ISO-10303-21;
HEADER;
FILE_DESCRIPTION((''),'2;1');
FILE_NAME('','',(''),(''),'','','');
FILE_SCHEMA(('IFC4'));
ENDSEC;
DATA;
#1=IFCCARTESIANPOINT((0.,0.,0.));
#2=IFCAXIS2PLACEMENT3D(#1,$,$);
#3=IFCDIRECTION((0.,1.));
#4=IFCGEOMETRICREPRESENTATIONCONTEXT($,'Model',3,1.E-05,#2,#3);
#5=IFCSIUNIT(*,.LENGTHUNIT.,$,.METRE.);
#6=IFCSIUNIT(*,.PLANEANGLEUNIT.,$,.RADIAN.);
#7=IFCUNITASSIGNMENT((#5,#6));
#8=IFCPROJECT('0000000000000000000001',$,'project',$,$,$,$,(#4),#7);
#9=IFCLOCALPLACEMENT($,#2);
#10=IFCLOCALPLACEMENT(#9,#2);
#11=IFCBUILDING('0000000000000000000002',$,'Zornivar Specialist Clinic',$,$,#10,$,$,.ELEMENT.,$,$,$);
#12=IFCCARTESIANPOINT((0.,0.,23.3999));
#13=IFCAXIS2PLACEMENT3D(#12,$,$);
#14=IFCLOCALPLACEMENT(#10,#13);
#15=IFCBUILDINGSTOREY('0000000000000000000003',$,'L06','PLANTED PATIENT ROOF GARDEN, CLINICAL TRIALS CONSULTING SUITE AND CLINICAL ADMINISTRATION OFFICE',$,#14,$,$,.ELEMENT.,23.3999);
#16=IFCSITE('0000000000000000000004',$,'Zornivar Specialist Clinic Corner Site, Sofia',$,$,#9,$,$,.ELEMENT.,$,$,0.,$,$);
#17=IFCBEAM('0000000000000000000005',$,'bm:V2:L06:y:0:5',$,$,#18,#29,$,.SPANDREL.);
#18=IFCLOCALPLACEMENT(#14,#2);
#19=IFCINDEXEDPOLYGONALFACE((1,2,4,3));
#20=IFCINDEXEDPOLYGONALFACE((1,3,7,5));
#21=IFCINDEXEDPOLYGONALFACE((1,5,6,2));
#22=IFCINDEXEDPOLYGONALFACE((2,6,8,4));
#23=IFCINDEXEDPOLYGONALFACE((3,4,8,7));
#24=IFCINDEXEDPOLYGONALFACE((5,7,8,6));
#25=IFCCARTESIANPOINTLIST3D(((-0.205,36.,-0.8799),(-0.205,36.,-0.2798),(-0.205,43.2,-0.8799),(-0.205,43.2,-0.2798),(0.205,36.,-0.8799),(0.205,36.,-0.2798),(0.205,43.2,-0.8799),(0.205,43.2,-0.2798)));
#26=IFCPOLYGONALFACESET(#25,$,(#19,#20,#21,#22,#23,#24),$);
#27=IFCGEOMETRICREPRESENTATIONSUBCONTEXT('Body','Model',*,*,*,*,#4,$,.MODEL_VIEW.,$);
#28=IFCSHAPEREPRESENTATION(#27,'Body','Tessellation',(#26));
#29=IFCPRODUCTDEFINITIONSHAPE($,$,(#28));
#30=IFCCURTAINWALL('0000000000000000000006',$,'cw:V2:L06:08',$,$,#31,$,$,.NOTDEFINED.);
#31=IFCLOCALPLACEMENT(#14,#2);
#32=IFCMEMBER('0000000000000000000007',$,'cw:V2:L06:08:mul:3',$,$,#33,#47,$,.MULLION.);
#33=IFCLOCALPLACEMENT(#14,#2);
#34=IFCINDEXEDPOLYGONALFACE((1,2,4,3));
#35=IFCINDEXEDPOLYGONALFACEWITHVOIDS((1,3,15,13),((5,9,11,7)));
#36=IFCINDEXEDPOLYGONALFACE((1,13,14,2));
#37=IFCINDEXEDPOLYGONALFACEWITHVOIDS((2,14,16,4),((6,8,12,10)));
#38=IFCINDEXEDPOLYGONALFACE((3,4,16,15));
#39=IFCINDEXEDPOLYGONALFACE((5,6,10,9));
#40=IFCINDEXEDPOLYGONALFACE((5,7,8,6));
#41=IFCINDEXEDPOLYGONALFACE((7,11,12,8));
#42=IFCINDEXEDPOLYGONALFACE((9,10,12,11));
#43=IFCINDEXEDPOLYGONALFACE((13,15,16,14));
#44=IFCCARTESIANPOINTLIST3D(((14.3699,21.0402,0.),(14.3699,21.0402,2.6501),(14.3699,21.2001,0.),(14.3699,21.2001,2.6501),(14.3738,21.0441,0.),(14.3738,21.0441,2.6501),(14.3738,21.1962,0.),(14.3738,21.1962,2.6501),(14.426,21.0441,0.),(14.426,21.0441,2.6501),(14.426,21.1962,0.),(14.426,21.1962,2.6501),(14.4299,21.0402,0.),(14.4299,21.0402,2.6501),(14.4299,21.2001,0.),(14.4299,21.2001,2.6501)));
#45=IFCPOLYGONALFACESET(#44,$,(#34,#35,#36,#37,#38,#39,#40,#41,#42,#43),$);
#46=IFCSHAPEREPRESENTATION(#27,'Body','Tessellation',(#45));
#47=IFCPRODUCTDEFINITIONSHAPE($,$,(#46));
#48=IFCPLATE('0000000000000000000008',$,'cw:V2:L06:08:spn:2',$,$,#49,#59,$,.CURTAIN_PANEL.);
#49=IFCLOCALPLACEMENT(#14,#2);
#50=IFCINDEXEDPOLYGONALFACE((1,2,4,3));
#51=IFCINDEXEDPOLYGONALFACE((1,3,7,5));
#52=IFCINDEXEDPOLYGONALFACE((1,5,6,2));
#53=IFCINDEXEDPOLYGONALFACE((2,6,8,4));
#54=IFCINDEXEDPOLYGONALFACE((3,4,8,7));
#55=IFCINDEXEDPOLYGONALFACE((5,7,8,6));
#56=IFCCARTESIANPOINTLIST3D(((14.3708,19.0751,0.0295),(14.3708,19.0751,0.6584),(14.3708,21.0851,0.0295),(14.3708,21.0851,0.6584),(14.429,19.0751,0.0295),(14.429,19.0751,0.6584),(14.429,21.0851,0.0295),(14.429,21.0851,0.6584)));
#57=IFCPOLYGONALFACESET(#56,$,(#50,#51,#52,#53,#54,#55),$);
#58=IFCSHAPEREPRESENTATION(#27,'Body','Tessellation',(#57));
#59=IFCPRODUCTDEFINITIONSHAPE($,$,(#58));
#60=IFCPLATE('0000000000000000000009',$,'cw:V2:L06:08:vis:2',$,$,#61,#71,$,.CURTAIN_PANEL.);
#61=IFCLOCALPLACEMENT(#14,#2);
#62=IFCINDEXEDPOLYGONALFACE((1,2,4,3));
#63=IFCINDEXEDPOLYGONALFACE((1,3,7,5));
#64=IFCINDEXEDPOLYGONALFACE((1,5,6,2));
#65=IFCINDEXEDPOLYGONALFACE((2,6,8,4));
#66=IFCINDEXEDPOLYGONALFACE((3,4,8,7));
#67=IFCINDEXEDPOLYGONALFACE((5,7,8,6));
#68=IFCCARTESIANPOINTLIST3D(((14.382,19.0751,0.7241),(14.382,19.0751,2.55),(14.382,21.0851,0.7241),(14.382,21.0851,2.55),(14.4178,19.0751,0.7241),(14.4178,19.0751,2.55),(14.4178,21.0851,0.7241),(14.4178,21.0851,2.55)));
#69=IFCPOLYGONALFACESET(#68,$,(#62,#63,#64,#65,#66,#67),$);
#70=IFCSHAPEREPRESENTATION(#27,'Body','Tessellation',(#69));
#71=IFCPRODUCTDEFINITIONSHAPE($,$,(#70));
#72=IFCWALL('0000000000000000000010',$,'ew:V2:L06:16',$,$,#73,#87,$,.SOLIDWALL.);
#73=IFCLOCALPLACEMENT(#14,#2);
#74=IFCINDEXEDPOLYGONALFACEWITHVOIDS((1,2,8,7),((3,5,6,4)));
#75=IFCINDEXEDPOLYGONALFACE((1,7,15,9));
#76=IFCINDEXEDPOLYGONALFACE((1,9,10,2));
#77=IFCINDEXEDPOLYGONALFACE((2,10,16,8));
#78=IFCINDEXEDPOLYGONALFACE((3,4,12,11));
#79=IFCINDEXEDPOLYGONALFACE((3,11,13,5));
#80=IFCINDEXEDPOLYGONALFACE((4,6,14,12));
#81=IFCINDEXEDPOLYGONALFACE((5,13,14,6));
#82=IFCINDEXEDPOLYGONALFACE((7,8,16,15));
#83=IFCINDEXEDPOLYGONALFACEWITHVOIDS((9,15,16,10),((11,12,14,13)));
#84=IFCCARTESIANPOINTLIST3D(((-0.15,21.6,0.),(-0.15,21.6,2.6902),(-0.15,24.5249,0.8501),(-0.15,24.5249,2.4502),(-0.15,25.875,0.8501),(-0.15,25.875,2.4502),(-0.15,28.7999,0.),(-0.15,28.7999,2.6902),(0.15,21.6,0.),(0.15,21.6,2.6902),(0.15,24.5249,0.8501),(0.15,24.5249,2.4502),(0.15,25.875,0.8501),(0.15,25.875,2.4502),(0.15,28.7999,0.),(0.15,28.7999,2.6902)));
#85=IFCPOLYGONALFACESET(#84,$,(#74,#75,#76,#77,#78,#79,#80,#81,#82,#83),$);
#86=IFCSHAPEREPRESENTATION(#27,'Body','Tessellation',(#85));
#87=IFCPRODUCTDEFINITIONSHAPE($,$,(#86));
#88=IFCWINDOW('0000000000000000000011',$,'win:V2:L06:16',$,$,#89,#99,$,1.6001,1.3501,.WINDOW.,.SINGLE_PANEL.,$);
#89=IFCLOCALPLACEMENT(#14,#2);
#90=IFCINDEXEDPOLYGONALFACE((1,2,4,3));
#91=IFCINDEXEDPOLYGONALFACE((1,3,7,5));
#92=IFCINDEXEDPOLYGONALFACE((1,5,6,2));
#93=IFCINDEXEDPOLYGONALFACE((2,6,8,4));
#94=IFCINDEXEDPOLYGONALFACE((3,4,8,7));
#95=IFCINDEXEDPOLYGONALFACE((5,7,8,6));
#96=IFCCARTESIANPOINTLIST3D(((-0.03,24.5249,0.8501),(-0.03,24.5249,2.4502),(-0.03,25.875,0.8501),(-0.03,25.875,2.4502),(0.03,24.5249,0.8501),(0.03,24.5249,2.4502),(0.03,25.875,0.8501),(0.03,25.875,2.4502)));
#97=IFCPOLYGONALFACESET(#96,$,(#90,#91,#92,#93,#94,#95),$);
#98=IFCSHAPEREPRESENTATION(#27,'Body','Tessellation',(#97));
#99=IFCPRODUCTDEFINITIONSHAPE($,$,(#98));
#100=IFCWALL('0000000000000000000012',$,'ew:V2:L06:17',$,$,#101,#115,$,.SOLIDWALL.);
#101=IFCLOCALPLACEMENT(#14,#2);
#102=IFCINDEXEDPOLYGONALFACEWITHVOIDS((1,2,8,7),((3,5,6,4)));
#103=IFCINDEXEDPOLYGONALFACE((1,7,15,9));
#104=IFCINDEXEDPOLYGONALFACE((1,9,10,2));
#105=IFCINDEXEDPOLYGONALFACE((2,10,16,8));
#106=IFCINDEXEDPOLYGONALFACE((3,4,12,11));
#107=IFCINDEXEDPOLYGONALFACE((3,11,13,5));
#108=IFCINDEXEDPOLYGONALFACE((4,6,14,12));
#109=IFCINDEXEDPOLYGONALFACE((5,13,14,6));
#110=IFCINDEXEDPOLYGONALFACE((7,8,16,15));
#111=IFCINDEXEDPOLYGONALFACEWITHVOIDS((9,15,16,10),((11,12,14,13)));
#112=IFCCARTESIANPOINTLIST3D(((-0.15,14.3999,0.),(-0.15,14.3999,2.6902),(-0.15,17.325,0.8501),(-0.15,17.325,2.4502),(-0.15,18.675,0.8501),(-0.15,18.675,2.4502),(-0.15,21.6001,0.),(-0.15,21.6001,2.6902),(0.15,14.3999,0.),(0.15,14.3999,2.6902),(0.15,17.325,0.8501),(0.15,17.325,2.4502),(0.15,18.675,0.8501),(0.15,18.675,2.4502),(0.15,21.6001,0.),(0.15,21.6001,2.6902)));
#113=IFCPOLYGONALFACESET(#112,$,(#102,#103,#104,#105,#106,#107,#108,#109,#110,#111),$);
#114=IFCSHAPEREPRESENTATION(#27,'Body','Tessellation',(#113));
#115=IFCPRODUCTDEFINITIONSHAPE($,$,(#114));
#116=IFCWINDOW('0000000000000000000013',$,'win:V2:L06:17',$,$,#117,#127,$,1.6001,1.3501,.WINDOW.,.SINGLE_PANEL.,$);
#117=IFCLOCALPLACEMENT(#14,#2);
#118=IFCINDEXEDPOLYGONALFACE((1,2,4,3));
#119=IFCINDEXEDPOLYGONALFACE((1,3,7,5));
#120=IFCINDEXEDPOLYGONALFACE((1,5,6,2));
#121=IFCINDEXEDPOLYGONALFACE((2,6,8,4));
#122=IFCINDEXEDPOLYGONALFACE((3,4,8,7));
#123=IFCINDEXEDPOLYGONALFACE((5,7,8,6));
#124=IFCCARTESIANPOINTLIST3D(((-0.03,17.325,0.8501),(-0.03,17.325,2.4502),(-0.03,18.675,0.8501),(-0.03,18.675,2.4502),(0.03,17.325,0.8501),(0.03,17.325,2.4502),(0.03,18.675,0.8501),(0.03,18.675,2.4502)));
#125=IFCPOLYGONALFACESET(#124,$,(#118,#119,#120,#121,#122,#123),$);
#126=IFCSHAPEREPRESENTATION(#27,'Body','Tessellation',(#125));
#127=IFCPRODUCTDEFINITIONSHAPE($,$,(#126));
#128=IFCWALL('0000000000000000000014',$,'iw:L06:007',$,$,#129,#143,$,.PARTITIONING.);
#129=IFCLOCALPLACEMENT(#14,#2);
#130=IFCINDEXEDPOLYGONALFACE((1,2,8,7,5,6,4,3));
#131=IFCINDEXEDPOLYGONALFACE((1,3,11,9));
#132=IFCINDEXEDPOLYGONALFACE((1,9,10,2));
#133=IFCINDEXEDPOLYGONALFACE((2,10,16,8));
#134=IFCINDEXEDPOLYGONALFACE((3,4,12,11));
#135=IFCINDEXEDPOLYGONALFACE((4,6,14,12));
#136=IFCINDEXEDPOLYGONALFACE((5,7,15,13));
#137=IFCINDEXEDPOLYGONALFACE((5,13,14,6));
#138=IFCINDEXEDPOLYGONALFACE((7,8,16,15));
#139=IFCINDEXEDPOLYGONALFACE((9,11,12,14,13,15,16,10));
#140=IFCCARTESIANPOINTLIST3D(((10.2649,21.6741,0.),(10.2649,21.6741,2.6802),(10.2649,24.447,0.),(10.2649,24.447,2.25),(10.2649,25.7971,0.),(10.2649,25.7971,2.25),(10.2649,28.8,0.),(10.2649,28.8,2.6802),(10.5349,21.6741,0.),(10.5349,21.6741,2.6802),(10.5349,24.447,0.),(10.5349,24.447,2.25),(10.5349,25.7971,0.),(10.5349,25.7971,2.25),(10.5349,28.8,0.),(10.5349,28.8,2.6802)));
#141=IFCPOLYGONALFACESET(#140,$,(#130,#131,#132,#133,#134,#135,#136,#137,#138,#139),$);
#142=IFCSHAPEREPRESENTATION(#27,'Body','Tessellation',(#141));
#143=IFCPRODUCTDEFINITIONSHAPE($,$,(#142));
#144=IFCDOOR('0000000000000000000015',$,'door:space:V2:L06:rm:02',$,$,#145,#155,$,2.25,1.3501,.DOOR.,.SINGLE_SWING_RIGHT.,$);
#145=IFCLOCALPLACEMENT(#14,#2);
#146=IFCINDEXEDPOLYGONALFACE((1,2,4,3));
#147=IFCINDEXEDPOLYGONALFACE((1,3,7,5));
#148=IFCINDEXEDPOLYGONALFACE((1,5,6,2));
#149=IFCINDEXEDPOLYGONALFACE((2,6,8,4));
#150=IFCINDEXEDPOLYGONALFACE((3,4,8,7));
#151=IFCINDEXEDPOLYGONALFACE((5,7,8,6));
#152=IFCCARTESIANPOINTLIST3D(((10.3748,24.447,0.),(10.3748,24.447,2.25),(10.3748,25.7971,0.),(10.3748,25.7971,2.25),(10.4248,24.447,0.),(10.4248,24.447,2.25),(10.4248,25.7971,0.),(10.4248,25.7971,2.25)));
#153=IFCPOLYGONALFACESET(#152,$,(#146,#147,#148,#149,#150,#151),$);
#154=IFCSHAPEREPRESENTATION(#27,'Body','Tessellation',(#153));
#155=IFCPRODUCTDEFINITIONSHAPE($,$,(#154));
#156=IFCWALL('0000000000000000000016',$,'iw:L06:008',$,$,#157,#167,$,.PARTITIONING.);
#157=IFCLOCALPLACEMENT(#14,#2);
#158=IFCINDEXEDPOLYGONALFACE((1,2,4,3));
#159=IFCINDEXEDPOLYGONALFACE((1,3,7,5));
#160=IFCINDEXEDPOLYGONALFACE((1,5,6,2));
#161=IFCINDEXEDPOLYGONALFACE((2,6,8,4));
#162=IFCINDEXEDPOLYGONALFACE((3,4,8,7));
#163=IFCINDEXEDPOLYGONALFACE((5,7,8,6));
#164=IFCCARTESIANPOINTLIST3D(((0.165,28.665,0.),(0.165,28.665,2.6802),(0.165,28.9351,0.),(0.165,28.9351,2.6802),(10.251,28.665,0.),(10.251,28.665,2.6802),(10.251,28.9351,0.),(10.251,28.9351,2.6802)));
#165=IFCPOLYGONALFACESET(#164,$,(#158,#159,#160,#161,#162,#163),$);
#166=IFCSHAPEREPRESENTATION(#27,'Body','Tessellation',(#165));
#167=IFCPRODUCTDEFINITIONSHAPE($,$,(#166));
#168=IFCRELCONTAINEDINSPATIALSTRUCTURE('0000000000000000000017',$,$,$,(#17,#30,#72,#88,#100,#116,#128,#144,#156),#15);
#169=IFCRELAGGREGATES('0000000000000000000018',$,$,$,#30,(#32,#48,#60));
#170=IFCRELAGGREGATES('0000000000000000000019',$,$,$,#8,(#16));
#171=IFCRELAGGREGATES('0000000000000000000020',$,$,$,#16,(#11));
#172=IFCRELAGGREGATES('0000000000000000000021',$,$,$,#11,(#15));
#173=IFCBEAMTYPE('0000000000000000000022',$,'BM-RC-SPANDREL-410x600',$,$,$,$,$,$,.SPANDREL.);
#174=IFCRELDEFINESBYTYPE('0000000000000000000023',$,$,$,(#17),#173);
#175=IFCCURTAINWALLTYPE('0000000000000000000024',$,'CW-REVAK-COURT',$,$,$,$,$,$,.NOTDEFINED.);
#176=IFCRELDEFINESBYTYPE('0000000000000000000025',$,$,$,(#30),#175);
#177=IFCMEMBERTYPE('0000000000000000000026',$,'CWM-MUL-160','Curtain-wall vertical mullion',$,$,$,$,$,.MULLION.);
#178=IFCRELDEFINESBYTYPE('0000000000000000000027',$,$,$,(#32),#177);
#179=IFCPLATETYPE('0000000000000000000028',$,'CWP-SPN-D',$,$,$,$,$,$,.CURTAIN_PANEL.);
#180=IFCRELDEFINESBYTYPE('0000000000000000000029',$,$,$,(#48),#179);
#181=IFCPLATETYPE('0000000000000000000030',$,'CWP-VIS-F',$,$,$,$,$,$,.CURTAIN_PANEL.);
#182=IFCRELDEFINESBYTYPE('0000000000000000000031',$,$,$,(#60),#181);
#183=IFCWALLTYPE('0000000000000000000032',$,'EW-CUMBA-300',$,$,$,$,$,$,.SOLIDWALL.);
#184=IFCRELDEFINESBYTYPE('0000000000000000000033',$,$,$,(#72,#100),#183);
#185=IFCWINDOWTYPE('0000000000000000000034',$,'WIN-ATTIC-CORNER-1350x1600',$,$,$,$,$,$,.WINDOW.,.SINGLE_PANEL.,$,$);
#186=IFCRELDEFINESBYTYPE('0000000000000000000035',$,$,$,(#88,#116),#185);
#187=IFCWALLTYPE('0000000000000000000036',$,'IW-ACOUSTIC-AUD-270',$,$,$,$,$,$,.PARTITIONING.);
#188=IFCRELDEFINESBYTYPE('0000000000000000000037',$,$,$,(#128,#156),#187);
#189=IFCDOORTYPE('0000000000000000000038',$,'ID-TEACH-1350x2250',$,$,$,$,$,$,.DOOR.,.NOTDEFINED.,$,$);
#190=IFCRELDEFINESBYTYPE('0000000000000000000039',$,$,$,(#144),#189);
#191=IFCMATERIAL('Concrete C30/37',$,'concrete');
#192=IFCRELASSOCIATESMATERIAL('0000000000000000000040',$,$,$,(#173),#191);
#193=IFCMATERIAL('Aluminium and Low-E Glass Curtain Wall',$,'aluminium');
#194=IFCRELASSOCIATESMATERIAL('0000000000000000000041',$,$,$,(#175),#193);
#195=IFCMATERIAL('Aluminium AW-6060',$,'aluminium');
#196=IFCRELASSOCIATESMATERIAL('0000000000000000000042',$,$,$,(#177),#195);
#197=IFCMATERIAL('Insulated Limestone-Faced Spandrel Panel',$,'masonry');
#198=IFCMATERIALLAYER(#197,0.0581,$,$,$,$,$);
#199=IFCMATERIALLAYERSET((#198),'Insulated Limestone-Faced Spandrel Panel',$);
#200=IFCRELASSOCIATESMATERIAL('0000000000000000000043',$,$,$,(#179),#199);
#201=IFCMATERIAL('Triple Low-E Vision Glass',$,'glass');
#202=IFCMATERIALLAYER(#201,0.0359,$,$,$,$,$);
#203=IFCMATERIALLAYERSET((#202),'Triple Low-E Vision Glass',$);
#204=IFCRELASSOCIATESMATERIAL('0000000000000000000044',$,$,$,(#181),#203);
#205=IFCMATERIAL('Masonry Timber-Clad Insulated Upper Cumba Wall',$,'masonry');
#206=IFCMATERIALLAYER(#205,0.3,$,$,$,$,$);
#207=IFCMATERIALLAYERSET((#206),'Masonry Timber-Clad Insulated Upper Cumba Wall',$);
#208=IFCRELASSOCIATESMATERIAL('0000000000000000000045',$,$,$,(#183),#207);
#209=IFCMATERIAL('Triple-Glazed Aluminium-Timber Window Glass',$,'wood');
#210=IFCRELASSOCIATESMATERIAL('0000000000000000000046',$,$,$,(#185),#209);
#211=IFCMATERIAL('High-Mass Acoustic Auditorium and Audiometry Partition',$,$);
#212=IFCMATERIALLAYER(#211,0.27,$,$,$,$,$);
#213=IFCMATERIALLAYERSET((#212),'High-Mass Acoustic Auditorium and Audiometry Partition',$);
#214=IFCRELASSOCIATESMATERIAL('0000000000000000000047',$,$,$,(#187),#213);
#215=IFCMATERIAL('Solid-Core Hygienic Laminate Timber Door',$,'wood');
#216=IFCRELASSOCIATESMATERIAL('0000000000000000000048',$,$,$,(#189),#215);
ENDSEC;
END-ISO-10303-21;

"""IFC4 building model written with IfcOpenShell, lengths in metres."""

from ifc_helpers import new_model, si_unit, direction, frame, frame_2d, origin, origin_2d, place, context, subcontext, project, spatial, rectangle, hollow_rectangle, extrude, material, layer, layer_set, material_profile, profile_set, type_object, element, fill, aggregate, save


model = new_model("IFC4")

# Units and contexts
model_context = context("Model", 3, precision=1e-05, world=origin(), true_north=direction((0.0, 1.0)))
body_context = subcontext(model_context, "Body", "Model", "MODEL_VIEW")
ifc_project = project(units=[si_unit("LENGTHUNIT", "METRE"), si_unit("PLANEANGLEUNIT", "RADIAN")], contexts=[model_context])

# Site, building, storey
site_placement = place(None, origin())
site = spatial("IfcSite", under=ifc_project, at=site_placement, Name="Zornivar Specialist Clinic Corner Site, Sofia", CompositionType="ELEMENT", RefElevation=0.0)
building_placement = place(site_placement, origin())
building = spatial("IfcBuilding", under=site, at=building_placement, Name="Zornivar Specialist Clinic", CompositionType="ELEMENT")
storey_placement = place(building_placement, frame((0.0, 0.0, 23.3999)))
storey = spatial("IfcBuildingStorey", under=building, at=storey_placement, Name="L06", Description="PLANTED PATIENT ROOF GARDEN, CLINICAL TRIALS CONSULTING SUITE AND CLINICAL ADMINISTRATION OFFICE", CompositionType="ELEMENT", Elevation=23.3999)

# Beam
ifc_material_1 = material(Name="Concrete C30/37", Category="concrete")
ifc_material_profile_1 = material_profile(ifc_material_1, rectangle(XDim=0.4099, YDim=0.6001, at=origin_2d()), Name="RC 410x600")
ifc_profile_set_1 = profile_set([ifc_material_profile_1], Name="Concrete C30/37")
beam_type_1 = type_object("IfcBeamType", Name="BM-RC-SPANDREL-410x600", PredefinedType="SPANDREL", material=ifc_profile_set_1)
for number, where, z_axis, x_axis, name in (
    (1, (0.0, 36.0, -0.5798), (0.0, 1.0, 0.0), (-1.0, 0.0, 0.0), "bm:V2:L06:y:0:5"),
):
    element("IfcBeam", number, at=place(storey_placement, frame(where, z_axis=z_axis, x_axis=x_axis)), inside=storey, type_object=beam_type_1, Name=name, PredefinedType="SPANDREL", context=body_context, shape_type="SweptSolid", body=[
        extrude(rectangle(XDim=0.4099, YDim=0.6001, at=origin_2d()), origin(), (0.0, 0.0, 1.0), 7.2),
    ])

# Curtain wall, member, plates
ifc_material_2 = material(Name="Aluminium and Low-E Glass Curtain Wall", Category="aluminium")
curtain_wall_type = type_object("IfcCurtainWallType", Name="CW-REVAK-COURT", PredefinedType="NOTDEFINED", material=ifc_material_2)
curtain_wall_placement = place(storey_placement, origin())
curtain_wall = element("IfcCurtainWall", 2, at=curtain_wall_placement, inside=storey, type_object=curtain_wall_type, Name="cw:V2:L06:08", PredefinedType="NOTDEFINED")
ifc_material_3 = material(Name="Aluminium AW-6060", Category="aluminium")
ifc_material_profile_2 = material_profile(ifc_material_3, hollow_rectangle(XDim=0.0601, YDim=0.1599, WallThickness=0.0039, at=origin_2d()), Name="ALU 60x160x4")
ifc_profile_set_2 = profile_set([ifc_material_profile_2], Name="Aluminium AW-6060")
member_type = type_object("IfcMemberType", Name="CWM-MUL-160", Description="Curtain-wall vertical mullion", PredefinedType="MULLION", material=ifc_profile_set_2)
member_placement = place(storey_placement, frame((14.3999, 21.1201, 0.0), z_axis=(0.0, 0.0, 1.0), x_axis=(1.0, 0.0, 0.0)))
member = element("IfcMember", 3, at=member_placement, type_object=member_type, Name="cw:V2:L06:08:mul:3", PredefinedType="MULLION", context=body_context, shape_type="SweptSolid", body=[
    extrude(hollow_rectangle(XDim=0.0601, YDim=0.1599, WallThickness=0.0039, at=origin_2d()), origin(), (0.0, 0.0, 1.0), 2.6501),
])
ifc_material_4 = material(Name="Insulated Limestone-Faced Spandrel Panel", Category="masonry")
ifc_layer_1 = layer(ifc_material_4, 0.0581)
ifc_layer_set_1 = layer_set([ifc_layer_1], Name="Insulated Limestone-Faced Spandrel Panel")
plate_type_1 = type_object("IfcPlateType", Name="CWP-SPN-D", PredefinedType="CURTAIN_PANEL", material=ifc_layer_set_1)
plate_1_placement = place(storey_placement, frame((14.3999, 20.0801, 0.0295), z_axis=(0.0, 0.0, 1.0), x_axis=(0.0, 1.0, 0.0)))
plate_1 = element("IfcPlate", 4, at=plate_1_placement, type_object=plate_type_1, Name="cw:V2:L06:08:spn:2", PredefinedType="CURTAIN_PANEL", context=body_context, shape_type="SweptSolid", body=[
    extrude(rectangle(XDim=2.01, YDim=0.0581, at=origin_2d()), origin(), (0.0, 0.0, 1.0), 0.6289),
])
ifc_material_5 = material(Name="Triple Low-E Vision Glass", Category="glass")
ifc_layer_2 = layer(ifc_material_5, 0.0359)
ifc_layer_set_2 = layer_set([ifc_layer_2], Name="Triple Low-E Vision Glass")
plate_type_2 = type_object("IfcPlateType", Name="CWP-VIS-F", PredefinedType="CURTAIN_PANEL", material=ifc_layer_set_2)
plate_2_placement = place(storey_placement, frame((14.3999, 20.0801, 0.7241), z_axis=(0.0, 0.0, 1.0), x_axis=(0.0, 1.0, 0.0)))
plate_2 = element("IfcPlate", 5, at=plate_2_placement, type_object=plate_type_2, Name="cw:V2:L06:08:vis:2", PredefinedType="CURTAIN_PANEL", context=body_context, shape_type="SweptSolid", body=[
    extrude(rectangle(XDim=2.01, YDim=0.0359, at=origin_2d()), origin(), (0.0, 0.0, 1.0), 1.8259),
])
aggregate(curtain_wall, [member, plate_1, plate_2])

# Walls, openings, windows
ifc_material_6 = material(Name="Masonry Timber-Clad Insulated Upper Cumba Wall", Category="masonry")
ifc_layer_3 = layer(ifc_material_6, 0.3)
ifc_layer_set_3 = layer_set([ifc_layer_3], Name="Masonry Timber-Clad Insulated Upper Cumba Wall")
wall_type_1 = type_object("IfcWallType", Name="EW-CUMBA-300", PredefinedType="SOLIDWALL", material=ifc_layer_set_3)
wall_1_placement = place(storey_placement, frame((0.0, 28.8, 0.0), z_axis=(0.0, 0.0, 1.0), x_axis=(0.0, -1.0, 0.0)))
wall_1 = element("IfcWall", 6, at=wall_1_placement, inside=storey, type_object=wall_type_1, Name="ew:V2:L06:16", PredefinedType="SOLIDWALL", context=body_context, shape_type="SweptSolid", body=[
    extrude(rectangle(XDim=7.2, YDim=0.3, at=frame_2d((3.6001, 0.0))), origin(), (0.0, 0.0, 1.0), 2.6902),
])
opening_1_placement = place(wall_1_placement, frame((2.925, 0.0, 0.8501)))
opening_1 = element("IfcOpeningElement", 7, at=opening_1_placement, cuts=wall_1, PredefinedType="OPENING", context=body_context, shape_type="SweptSolid", body=[
    extrude(rectangle(XDim=1.3501, YDim=1.6001, at=frame_2d((0.675, 0.8))), frame((0.0, 0.1599, 0.0), z_axis=(0.0, -1.0, 0.0), x_axis=(1.0, 0.0, 0.0)), (0.0, 0.0, 1.0), 0.3201),
])
ifc_material_7 = material(Name="Triple-Glazed Aluminium-Timber Window Glass", Category="wood")
window_type = type_object("IfcWindowType", Name="WIN-ATTIC-CORNER-1350x1600", PartitioningType="SINGLE_PANEL", PredefinedType="WINDOW", material=ifc_material_7)
window_1_placement = place(opening_1_placement, origin())
window_1 = element("IfcWindow", 8, at=window_1_placement, inside=storey, type_object=window_type, Name="win:V2:L06:16", OverallHeight=1.6001, OverallWidth=1.3501, PartitioningType="SINGLE_PANEL", PredefinedType="WINDOW", context=body_context, shape_type="SweptSolid", body=[
    extrude(rectangle(XDim=1.3501, YDim=1.6001, at=frame_2d((0.675, 0.8))), frame((0.0, 0.03, 0.0), z_axis=(0.0, -1.0, 0.0), x_axis=(1.0, 0.0, 0.0)), (0.0, 0.0, 1.0), 0.0601),
])
fill(opening_1, window_1)
wall_2_placement = place(storey_placement, frame((0.0, 21.6001, 0.0), z_axis=(0.0, 0.0, 1.0), x_axis=(0.0, -1.0, 0.0)))
wall_2 = element("IfcWall", 9, at=wall_2_placement, inside=storey, type_object=wall_type_1, Name="ew:V2:L06:17", PredefinedType="SOLIDWALL", context=body_context, shape_type="SweptSolid", body=[
    extrude(rectangle(XDim=7.2002, YDim=0.3, at=frame_2d((3.6001, 0.0))), origin(), (0.0, 0.0, 1.0), 2.6902),
])
opening_2_placement = place(wall_2_placement, frame((2.925, 0.0, 0.8501)))
opening_2 = element("IfcOpeningElement", 10, at=opening_2_placement, cuts=wall_2, PredefinedType="OPENING", context=body_context, shape_type="SweptSolid", body=[
    extrude(rectangle(XDim=1.3501, YDim=1.6001, at=frame_2d((0.675, 0.8))), frame((0.0, 0.1599, 0.0), z_axis=(0.0, -1.0, 0.0), x_axis=(1.0, 0.0, 0.0)), (0.0, 0.0, 1.0), 0.3201),
])
window_2_placement = place(opening_2_placement, origin())
window_2 = element("IfcWindow", 11, at=window_2_placement, inside=storey, type_object=window_type, Name="win:V2:L06:17", OverallHeight=1.6001, OverallWidth=1.3501, PartitioningType="SINGLE_PANEL", PredefinedType="WINDOW", context=body_context, shape_type="SweptSolid", body=[
    extrude(rectangle(XDim=1.3501, YDim=1.6001, at=frame_2d((0.675, 0.8))), frame((0.0, 0.03, 0.0), z_axis=(0.0, -1.0, 0.0), x_axis=(1.0, 0.0, 0.0)), (0.0, 0.0, 1.0), 0.0601),
])
fill(opening_2, window_2)

# Wall, opening, door
ifc_material_8 = material(Name="High-Mass Acoustic Auditorium and Audiometry Partition")
ifc_layer_4 = layer(ifc_material_8, 0.27)
ifc_layer_set_4 = layer_set([ifc_layer_4], Name="High-Mass Acoustic Auditorium and Audiometry Partition")
wall_type_2 = type_object("IfcWallType", Name="IW-ACOUSTIC-AUD-270", PredefinedType="PARTITIONING", material=ifc_layer_set_4)
wall_3_placement = place(storey_placement, frame((10.3999, 28.8, 0.0), z_axis=(0.0, 0.0, 1.0), x_axis=(0.0, -1.0, 0.0)))
wall_3 = element("IfcWall", 12, at=wall_3_placement, inside=storey, type_object=wall_type_2, Name="iw:L06:007", PredefinedType="PARTITIONING", context=body_context, shape_type="SweptSolid", body=[
    extrude(rectangle(XDim=7.126, YDim=0.27, at=frame_2d((3.563, 0.0))), origin(), (0.0, 0.0, 1.0), 2.6802),
])
opening_3_placement = place(wall_3_placement, frame((3.0029, 0.0, 0.0)))
opening_3 = element("IfcOpeningElement", 13, at=opening_3_placement, cuts=wall_3, PredefinedType="OPENING", context=body_context, shape_type="SweptSolid", body=[
    extrude(rectangle(XDim=1.3501, YDim=2.25, at=frame_2d((0.675, 1.125))), frame((0.0, 0.145, 0.0), z_axis=(0.0, -1.0, 0.0), x_axis=(1.0, 0.0, 0.0)), (0.0, 0.0, 1.0), 0.29),
])
ifc_material_9 = material(Name="Solid-Core Hygienic Laminate Timber Door", Category="wood")
door_type_1 = type_object("IfcDoorType", Name="ID-TEACH-1350x2250", OperationType="NOTDEFINED", PredefinedType="DOOR", material=ifc_material_9)
door_1_placement = place(opening_3_placement, origin())
door_1 = element("IfcDoor", 14, at=door_1_placement, inside=storey, type_object=door_type_1, Name="door:space:V2:L06:rm:02", OperationType="SINGLE_SWING_RIGHT", OverallHeight=2.25, OverallWidth=1.3501, PredefinedType="DOOR", context=body_context, shape_type="SweptSolid", body=[
    extrude(rectangle(XDim=1.3501, YDim=2.25, at=frame_2d((0.675, 1.125))), frame((0.0, 0.0249, 0.0), z_axis=(0.0, -1.0, 0.0), x_axis=(1.0, 0.0, 0.0)), (0.0, 0.0, 1.0), 0.05),
])
fill(opening_3, door_1)

# Wall
wall_4_placement = place(storey_placement, frame((0.165, 28.8, 0.0), z_axis=(0.0, 0.0, 1.0), x_axis=(1.0, 0.0, 0.0)))
element("IfcWall", 15, at=wall_4_placement, inside=storey, type_object=wall_type_2, Name="iw:L06:008", PredefinedType="PARTITIONING", context=body_context, shape_type="SweptSolid", body=[
    extrude(rectangle(XDim=10.0859, YDim=0.27, at=frame_2d((5.043, 0.0))), origin(), (0.0, 0.0, 1.0), 2.6802),
])

save(model, "model.ifc")
